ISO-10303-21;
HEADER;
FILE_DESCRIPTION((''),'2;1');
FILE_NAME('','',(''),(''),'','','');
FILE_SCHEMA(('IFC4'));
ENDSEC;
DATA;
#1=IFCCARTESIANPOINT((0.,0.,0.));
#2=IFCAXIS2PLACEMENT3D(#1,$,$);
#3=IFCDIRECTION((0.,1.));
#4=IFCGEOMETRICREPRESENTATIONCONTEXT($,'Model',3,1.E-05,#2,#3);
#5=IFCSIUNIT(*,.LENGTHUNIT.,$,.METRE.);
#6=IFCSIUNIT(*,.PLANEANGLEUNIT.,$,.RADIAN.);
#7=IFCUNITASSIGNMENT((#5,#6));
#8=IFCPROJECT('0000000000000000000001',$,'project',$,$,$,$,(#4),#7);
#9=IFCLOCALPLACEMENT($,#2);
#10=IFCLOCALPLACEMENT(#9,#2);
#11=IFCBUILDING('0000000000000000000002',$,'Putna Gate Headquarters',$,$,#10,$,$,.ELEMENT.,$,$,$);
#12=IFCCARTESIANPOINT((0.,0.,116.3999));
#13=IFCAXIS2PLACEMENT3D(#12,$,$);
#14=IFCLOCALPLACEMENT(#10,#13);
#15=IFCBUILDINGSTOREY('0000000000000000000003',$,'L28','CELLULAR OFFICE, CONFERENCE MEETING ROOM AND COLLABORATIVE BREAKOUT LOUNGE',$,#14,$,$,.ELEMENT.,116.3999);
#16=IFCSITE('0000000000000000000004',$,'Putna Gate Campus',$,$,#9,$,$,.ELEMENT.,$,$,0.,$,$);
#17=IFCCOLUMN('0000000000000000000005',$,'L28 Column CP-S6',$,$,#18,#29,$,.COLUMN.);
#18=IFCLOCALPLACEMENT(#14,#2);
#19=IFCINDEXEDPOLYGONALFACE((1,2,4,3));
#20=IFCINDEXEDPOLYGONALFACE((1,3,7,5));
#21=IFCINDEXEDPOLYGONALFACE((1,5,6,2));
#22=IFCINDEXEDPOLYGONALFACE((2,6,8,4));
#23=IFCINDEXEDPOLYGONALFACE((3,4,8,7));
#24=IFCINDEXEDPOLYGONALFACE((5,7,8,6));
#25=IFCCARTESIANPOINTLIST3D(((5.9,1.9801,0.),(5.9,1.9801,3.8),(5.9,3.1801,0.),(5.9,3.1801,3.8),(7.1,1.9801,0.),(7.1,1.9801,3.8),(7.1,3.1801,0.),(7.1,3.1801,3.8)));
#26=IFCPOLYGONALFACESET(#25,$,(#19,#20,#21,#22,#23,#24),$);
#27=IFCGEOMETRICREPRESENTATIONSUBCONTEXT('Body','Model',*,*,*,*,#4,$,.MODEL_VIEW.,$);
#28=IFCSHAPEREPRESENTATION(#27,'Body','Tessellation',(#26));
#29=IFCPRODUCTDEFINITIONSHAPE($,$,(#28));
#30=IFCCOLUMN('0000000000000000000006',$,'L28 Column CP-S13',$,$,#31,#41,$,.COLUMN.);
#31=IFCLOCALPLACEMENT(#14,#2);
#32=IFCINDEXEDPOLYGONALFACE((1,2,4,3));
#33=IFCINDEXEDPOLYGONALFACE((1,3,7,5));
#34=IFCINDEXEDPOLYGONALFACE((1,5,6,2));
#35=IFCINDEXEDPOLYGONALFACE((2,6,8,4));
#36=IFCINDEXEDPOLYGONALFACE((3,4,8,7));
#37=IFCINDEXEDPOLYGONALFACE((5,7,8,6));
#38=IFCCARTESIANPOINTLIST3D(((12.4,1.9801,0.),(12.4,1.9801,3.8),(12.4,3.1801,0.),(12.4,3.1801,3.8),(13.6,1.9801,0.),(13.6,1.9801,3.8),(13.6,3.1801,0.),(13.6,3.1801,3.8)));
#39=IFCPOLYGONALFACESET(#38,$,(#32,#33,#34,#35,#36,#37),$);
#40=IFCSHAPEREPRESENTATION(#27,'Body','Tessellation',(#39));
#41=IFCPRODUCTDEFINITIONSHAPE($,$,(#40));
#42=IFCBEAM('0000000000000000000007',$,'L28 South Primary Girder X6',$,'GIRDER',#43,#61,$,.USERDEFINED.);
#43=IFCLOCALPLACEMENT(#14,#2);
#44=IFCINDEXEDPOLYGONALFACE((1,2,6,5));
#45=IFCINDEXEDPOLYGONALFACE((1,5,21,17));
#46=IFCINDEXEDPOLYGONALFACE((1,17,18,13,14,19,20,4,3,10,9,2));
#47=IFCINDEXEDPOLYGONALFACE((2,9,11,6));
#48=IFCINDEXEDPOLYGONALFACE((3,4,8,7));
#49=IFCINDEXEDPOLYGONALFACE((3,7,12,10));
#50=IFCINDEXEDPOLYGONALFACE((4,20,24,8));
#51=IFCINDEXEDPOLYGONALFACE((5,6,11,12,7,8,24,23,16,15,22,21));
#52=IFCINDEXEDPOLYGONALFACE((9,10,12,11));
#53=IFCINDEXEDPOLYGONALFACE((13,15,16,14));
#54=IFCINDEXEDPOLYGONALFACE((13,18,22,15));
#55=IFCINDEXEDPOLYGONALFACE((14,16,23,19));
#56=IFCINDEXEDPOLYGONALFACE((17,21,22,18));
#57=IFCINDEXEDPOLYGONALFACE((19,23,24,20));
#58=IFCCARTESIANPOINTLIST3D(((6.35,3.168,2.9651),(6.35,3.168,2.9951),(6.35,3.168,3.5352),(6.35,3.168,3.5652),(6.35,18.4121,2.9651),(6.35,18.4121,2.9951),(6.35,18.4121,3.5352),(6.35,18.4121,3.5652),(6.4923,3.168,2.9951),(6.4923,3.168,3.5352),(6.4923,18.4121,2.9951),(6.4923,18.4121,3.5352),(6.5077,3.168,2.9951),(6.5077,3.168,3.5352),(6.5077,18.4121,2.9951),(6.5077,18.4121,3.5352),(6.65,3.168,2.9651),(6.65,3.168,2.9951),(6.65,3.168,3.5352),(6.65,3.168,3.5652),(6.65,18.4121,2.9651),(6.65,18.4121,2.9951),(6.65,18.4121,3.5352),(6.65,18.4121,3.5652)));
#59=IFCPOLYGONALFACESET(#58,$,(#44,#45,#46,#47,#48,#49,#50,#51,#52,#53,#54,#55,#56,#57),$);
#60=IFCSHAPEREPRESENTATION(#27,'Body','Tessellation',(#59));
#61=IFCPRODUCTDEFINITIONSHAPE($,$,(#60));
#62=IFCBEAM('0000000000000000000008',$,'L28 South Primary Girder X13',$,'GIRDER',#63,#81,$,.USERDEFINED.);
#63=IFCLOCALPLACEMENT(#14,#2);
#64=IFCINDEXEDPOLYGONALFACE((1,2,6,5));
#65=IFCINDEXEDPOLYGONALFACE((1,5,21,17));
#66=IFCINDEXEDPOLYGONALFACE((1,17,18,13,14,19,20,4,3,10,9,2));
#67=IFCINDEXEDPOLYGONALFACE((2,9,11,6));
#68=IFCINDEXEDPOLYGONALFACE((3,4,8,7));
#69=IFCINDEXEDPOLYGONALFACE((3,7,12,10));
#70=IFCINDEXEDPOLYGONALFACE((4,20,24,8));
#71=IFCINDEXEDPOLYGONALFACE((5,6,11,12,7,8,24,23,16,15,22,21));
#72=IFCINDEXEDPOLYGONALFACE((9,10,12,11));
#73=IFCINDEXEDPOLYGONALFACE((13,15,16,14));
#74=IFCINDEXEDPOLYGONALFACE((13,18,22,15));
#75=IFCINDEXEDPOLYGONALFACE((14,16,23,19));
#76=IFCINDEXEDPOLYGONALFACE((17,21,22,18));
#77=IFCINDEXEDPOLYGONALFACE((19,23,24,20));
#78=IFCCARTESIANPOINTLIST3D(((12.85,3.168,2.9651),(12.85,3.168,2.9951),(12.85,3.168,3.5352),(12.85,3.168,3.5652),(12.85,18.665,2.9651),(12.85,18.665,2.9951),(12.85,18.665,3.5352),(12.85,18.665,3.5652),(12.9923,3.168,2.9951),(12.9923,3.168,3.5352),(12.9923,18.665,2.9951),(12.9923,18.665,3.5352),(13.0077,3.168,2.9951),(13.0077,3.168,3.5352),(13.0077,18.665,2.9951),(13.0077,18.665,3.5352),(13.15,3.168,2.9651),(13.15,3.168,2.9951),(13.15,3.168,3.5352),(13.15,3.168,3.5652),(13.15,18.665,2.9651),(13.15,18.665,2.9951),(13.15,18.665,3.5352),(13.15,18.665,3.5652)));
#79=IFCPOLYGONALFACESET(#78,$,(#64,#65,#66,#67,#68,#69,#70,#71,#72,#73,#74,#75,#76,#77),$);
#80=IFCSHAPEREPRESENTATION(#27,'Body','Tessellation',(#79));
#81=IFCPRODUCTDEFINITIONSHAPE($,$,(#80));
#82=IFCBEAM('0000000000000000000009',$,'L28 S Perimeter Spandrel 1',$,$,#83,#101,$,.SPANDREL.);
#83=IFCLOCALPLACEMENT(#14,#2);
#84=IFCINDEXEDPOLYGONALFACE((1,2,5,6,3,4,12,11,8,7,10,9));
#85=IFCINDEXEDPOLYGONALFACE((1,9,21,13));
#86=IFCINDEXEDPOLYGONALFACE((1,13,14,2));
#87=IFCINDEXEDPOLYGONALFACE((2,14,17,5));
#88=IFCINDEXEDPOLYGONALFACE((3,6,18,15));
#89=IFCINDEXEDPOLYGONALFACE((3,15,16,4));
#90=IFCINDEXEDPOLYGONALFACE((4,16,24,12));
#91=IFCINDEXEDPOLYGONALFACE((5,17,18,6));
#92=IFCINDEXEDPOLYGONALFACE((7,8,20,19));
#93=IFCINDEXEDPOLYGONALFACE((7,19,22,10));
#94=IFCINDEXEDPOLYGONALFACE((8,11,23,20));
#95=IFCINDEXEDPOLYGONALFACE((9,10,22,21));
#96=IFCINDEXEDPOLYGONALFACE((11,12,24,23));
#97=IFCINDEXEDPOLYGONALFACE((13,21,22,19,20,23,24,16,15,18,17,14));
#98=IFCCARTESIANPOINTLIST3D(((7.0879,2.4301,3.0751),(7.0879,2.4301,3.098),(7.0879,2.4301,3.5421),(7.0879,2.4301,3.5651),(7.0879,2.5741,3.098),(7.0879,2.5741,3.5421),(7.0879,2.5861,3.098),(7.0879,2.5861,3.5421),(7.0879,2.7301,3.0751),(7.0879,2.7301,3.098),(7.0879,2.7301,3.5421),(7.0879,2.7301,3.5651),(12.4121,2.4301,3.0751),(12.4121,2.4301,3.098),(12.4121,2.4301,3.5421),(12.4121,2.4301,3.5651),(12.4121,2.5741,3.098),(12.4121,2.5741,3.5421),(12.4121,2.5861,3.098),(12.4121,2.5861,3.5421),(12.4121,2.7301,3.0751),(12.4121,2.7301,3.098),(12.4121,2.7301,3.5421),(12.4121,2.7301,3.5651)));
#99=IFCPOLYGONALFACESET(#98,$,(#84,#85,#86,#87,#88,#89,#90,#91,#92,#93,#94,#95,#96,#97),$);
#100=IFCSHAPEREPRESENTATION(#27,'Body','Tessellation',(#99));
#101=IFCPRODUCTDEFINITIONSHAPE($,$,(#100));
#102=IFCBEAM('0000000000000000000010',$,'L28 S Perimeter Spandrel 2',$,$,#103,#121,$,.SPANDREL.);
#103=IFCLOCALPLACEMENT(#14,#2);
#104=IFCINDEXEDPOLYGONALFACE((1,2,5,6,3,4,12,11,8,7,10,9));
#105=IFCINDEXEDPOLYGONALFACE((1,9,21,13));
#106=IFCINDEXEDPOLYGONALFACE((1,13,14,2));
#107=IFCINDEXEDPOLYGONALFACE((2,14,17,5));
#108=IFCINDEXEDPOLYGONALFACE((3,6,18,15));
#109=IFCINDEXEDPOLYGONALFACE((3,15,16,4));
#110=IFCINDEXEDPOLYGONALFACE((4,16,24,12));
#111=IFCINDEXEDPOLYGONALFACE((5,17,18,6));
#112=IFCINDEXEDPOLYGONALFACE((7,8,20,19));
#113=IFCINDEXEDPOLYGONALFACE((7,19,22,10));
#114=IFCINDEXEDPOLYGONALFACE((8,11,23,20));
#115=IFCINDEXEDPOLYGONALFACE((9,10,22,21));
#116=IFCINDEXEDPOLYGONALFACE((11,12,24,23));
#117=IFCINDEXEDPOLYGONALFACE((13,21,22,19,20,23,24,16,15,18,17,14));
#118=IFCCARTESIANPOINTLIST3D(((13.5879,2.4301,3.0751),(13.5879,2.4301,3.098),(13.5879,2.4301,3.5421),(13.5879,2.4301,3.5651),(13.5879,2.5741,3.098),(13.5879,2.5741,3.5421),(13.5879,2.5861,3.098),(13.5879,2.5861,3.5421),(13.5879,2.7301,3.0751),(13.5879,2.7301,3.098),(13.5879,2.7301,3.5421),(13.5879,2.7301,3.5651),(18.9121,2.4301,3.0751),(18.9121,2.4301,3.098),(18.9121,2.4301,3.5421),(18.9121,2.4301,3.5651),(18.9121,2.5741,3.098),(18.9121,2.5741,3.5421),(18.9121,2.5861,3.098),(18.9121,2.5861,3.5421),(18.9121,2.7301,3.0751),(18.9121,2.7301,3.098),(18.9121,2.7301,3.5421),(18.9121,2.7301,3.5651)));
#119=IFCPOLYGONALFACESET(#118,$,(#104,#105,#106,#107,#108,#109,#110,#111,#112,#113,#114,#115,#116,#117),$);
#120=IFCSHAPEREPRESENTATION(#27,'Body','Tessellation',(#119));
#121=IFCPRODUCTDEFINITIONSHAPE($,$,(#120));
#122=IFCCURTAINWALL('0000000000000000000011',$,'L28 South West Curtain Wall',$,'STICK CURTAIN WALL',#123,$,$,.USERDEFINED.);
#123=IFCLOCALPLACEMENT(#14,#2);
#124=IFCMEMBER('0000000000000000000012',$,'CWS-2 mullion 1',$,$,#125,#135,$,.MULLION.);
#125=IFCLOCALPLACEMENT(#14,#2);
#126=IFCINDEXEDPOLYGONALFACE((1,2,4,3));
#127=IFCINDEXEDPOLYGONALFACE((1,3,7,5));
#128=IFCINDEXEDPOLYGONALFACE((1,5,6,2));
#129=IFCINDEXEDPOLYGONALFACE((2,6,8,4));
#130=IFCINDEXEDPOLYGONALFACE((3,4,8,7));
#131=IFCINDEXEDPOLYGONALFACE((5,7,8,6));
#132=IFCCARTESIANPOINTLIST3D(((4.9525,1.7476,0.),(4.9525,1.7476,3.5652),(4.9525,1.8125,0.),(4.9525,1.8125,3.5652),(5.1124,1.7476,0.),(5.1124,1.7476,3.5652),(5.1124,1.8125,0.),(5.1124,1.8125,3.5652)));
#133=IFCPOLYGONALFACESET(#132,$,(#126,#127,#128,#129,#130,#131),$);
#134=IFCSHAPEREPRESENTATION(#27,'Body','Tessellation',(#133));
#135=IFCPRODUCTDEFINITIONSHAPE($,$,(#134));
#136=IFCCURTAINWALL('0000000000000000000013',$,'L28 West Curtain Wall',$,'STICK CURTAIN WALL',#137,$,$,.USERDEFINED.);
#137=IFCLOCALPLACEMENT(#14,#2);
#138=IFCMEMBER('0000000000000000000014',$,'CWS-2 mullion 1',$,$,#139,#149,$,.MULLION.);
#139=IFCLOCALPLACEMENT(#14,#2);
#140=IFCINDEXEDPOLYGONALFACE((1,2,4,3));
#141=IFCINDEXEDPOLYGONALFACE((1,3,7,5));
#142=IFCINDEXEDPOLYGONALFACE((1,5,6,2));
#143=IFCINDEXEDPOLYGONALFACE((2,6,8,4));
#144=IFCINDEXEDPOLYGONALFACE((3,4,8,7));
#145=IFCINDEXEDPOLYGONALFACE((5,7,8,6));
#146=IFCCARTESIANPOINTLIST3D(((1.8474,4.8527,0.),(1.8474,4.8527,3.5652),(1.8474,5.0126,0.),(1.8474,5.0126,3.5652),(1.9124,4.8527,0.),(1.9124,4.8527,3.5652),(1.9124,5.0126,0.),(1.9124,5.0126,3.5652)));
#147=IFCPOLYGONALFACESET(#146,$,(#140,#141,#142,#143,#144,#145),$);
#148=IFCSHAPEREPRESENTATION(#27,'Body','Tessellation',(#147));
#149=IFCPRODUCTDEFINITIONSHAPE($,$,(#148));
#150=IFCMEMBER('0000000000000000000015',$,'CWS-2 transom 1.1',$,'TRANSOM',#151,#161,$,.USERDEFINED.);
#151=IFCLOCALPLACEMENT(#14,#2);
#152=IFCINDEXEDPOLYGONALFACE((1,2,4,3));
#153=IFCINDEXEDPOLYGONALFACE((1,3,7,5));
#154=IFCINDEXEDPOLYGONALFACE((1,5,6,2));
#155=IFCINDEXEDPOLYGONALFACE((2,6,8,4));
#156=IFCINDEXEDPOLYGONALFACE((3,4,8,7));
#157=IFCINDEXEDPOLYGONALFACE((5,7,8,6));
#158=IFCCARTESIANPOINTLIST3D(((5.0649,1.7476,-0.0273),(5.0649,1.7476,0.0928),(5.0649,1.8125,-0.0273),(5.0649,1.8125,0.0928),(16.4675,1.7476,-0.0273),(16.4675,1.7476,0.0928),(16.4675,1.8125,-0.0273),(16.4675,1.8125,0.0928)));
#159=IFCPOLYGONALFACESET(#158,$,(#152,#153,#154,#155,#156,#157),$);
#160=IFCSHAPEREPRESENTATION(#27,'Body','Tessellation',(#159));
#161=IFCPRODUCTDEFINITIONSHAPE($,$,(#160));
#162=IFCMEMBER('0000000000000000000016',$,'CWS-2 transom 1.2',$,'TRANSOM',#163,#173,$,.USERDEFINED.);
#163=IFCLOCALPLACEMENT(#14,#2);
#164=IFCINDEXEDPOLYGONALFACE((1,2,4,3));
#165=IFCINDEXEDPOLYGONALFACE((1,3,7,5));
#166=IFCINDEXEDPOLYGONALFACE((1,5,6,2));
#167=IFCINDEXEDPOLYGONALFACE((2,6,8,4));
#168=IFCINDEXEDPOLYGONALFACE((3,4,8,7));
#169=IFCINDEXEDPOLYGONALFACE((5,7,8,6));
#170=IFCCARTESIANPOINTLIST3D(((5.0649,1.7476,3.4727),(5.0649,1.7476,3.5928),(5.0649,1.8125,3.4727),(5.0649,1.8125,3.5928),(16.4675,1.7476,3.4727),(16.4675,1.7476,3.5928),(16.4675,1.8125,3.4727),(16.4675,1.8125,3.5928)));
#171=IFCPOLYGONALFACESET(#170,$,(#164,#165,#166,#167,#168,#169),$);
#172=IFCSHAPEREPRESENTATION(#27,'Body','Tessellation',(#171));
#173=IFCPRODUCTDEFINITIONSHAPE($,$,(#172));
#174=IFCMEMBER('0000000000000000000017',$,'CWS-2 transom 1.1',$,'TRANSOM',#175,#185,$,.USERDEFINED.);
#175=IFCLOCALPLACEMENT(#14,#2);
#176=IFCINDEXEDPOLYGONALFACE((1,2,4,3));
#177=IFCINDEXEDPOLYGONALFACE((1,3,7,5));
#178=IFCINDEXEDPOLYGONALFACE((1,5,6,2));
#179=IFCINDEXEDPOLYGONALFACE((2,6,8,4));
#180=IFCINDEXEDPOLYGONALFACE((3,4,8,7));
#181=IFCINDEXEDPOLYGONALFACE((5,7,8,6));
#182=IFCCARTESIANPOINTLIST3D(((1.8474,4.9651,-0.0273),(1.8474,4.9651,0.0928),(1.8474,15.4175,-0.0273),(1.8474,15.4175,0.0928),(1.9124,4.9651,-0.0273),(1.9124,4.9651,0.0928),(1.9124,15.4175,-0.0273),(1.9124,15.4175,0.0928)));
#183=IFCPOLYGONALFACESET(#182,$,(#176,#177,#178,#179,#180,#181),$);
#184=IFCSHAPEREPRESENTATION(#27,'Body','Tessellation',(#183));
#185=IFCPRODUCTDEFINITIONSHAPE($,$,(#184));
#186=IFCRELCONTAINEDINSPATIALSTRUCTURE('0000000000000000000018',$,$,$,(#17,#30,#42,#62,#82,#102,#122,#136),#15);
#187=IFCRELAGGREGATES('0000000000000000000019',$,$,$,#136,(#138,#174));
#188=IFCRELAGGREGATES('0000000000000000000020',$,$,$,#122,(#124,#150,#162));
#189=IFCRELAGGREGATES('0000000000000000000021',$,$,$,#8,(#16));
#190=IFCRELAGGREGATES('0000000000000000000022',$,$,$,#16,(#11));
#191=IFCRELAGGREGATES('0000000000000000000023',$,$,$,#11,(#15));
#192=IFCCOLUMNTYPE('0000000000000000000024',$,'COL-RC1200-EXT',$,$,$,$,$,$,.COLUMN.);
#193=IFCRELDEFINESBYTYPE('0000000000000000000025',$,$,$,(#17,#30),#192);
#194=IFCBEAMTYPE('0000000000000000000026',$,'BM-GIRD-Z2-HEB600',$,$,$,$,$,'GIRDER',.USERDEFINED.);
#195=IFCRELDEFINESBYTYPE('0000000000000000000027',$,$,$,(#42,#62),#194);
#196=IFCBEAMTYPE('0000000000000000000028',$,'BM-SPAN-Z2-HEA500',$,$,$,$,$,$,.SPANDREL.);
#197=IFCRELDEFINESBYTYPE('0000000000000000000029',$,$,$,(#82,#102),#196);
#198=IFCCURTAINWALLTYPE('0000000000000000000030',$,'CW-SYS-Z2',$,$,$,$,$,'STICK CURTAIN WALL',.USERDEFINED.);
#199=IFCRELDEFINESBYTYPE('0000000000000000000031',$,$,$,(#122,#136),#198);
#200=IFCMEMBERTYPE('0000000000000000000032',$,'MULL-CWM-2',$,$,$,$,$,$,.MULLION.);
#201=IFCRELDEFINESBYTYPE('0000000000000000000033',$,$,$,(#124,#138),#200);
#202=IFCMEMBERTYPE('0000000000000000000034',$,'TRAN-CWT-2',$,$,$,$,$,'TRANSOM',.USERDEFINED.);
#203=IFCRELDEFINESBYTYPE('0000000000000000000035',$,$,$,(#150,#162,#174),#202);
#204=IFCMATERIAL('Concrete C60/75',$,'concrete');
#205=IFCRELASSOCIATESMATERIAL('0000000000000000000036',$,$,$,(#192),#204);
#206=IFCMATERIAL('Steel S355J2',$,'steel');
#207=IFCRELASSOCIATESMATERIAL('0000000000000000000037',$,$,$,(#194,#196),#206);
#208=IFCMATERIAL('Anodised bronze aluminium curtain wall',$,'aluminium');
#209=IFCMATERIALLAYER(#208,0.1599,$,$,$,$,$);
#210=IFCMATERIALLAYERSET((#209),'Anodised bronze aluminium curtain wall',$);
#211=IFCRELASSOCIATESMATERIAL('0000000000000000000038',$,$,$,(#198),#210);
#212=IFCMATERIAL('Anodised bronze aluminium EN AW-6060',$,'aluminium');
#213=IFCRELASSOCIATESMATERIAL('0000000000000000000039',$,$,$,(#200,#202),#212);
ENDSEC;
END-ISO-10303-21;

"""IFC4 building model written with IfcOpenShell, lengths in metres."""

from ifc_helpers import new_model, si_unit, direction, frame, origin, origin_2d, place, context, subcontext, project, spatial, rectangle, i_section, extrude, material, layer, layer_set, material_profile, profile_set, type_object, element, aggregate, save


model = new_model("IFC4")

# Units and contexts
model_context = context("Model", 3, precision=1e-05, world=origin(), true_north=direction((0.0, 1.0)))
body_context = subcontext(model_context, "Body", "Model", "MODEL_VIEW")
ifc_project = project(units=[si_unit("LENGTHUNIT", "METRE"), si_unit("PLANEANGLEUNIT", "RADIAN")], contexts=[model_context])

# Site, building, storey
site_placement = place(None, origin())
site = spatial("IfcSite", under=ifc_project, at=site_placement, Name="Putna Gate Campus", CompositionType="ELEMENT", RefElevation=0.0)
building_placement = place(site_placement, origin())
building = spatial("IfcBuilding", under=site, at=building_placement, Name="Putna Gate Headquarters", CompositionType="ELEMENT")
storey_placement = place(building_placement, frame((0.0, 0.0, 116.3999)))
storey = spatial("IfcBuildingStorey", under=building, at=storey_placement, Name="L28", Description="CELLULAR OFFICE, CONFERENCE MEETING ROOM AND COLLABORATIVE BREAKOUT LOUNGE", CompositionType="ELEMENT", Elevation=116.3999)

# Columns
ifc_material_1 = material(Name="Concrete C60/75", Category="concrete")
ifc_material_profile_1 = material_profile(ifc_material_1, rectangle(XDim=1.2, YDim=1.2, at=origin_2d()), Name="Concrete C60/75")
ifc_profile_set_1 = profile_set([ifc_material_profile_1], Name="Concrete C60/75")
column_type = type_object("IfcColumnType", Name="COL-RC1200-EXT", PredefinedType="COLUMN", material=ifc_profile_set_1)
for number, where, z_axis, x_axis, name in (
    (1, (6.5, 2.5801, 0.0), (0.0, 0.0, 1.0), (1.0, 0.0, 0.0), "L28 Column CP-S6"),
    (2, (13.0, 2.5801, 0.0), (0.0, 0.0, 1.0), (1.0, 0.0, 0.0), "L28 Column CP-S13"),
):
    element("IfcColumn", number, at=place(storey_placement, frame(where, z_axis=z_axis, x_axis=x_axis)), inside=storey, type_object=column_type, Name=name, PredefinedType="COLUMN", context=body_context, shape_type="SweptSolid", body=[
        extrude(rectangle(XDim=1.2, YDim=1.2, at=origin_2d()), origin(), (0.0, 0.0, 1.0), 3.8),
    ])

# Beams
ifc_material_2 = material(Name="Steel S355J2", Category="steel")
ifc_material_profile_2 = material_profile(ifc_material_2, i_section(OverallWidth=0.3, OverallDepth=0.6001, WebThickness=0.0154, FlangeThickness=0.03, at=origin_2d()), Name="Steel S355J2")
ifc_profile_set_2 = profile_set([ifc_material_profile_2], Name="Steel S355J2")
beam_type_1 = type_object("IfcBeamType", Name="BM-GIRD-Z2-HEB600", ElementType="GIRDER", PredefinedType="USERDEFINED", material=ifc_profile_set_2)
beam_1_placement = place(storey_placement, frame((6.5, 3.168, 3.2651), z_axis=(0.0, 1.0, 0.0), x_axis=(-1.0, 0.0, 0.0)))
element("IfcBeam", 3, at=beam_1_placement, inside=storey, type_object=beam_type_1, Name="L28 South Primary Girder X6", ObjectType="GIRDER", PredefinedType="USERDEFINED", context=body_context, shape_type="SweptSolid", body=[
    extrude(i_section(OverallWidth=0.3, OverallDepth=0.6001, WebThickness=0.0154, FlangeThickness=0.03, at=origin_2d()), origin(), (0.0, 0.0, 1.0), 15.2441),
])
beam_2_placement = place(storey_placement, frame((13.0, 3.168, 3.2651), z_axis=(0.0, 1.0, 0.0), x_axis=(-1.0, 0.0, 0.0)))
element("IfcBeam", 4, at=beam_2_placement, inside=storey, type_object=beam_type_1, Name="L28 South Primary Girder X13", ObjectType="GIRDER", PredefinedType="USERDEFINED", context=body_context, shape_type="SweptSolid", body=[
    extrude(i_section(OverallWidth=0.3, OverallDepth=0.6001, WebThickness=0.0154, FlangeThickness=0.03, at=origin_2d()), origin(), (0.0, 0.0, 1.0), 15.4971),
])
ifc_material_profile_3 = material_profile(ifc_material_2, i_section(OverallWidth=0.3, OverallDepth=0.49, WebThickness=0.012, FlangeThickness=0.0229, at=origin_2d()), Name="Steel S355J2")
ifc_profile_set_3 = profile_set([ifc_material_profile_3], Name="Steel S355J2")
beam_type_2 = type_object("IfcBeamType", Name="BM-SPAN-Z2-HEA500", PredefinedType="SPANDREL", material=ifc_profile_set_3)
for number, where, z_axis, x_axis, name in (
    (5, (7.0879, 2.5801, 3.3201), (1.0, 0.0, 0.0), (0.0, 1.0, 0.0), "L28 S Perimeter Spandrel 1"),
    (6, (13.5879, 2.5801, 3.3201), (1.0, 0.0, 0.0), (0.0, 1.0, 0.0), "L28 S Perimeter Spandrel 2"),
):
    element("IfcBeam", number, at=place(storey_placement, frame(where, z_axis=z_axis, x_axis=x_axis)), inside=storey, type_object=beam_type_2, Name=name, PredefinedType="SPANDREL", context=body_context, shape_type="SweptSolid", body=[
        extrude(i_section(OverallWidth=0.3, OverallDepth=0.49, WebThickness=0.012, FlangeThickness=0.0229, at=origin_2d()), origin(), (0.0, 0.0, 1.0), 5.3242),
    ])

# Curtain walls, members
ifc_material_3 = material(Name="Anodised bronze aluminium curtain wall", Category="aluminium")
ifc_layer_1 = layer(ifc_material_3, 0.1599)
ifc_layer_set_1 = layer_set([ifc_layer_1], Name="Anodised bronze aluminium curtain wall")
curtain_wall_type = type_object("IfcCurtainWallType", Name="CW-SYS-Z2", ElementType="STICK CURTAIN WALL", PredefinedType="USERDEFINED", material=ifc_layer_set_1)
curtain_wall_1_placement = place(storey_placement, origin())
curtain_wall_1 = element("IfcCurtainWall", 7, at=curtain_wall_1_placement, inside=storey, type_object=curtain_wall_type, Name="L28 South West Curtain Wall", ObjectType="STICK CURTAIN WALL", PredefinedType="USERDEFINED")
ifc_material_4 = material(Name="Anodised bronze aluminium EN AW-6060", Category="aluminium")
ifc_material_profile_4 = material_profile(ifc_material_4, rectangle(XDim=0.0649, YDim=0.1599, at=origin_2d()), Name="Anodised bronze aluminium EN AW-6060")
ifc_profile_set_4 = profile_set([ifc_material_profile_4], Name="Anodised bronze aluminium EN AW-6060")
member_type_1 = type_object("IfcMemberType", Name="MULL-CWM-2", PredefinedType="MULLION", material=ifc_profile_set_4)
member_1_placement = place(storey_placement, frame((5.0325, 1.78, 0.0), z_axis=(0.0, 0.0, 1.0), x_axis=(0.0, 1.0, 0.0)))
member_1 = element("IfcMember", 8, at=member_1_placement, type_object=member_type_1, Name="CWS-2 mullion 1", PredefinedType="MULLION", context=body_context, shape_type="SweptSolid", body=[
    extrude(rectangle(XDim=0.0649, YDim=0.1599, at=origin_2d()), origin(), (0.0, 0.0, 1.0), 3.5652),
])
curtain_wall_2_placement = place(storey_placement, origin())
curtain_wall_2 = element("IfcCurtainWall", 9, at=curtain_wall_2_placement, inside=storey, type_object=curtain_wall_type, Name="L28 West Curtain Wall", ObjectType="STICK CURTAIN WALL", PredefinedType="USERDEFINED")
member_2_placement = place(storey_placement, frame((1.8799, 4.9326, 0.0), z_axis=(0.0, 0.0, 1.0), x_axis=(-1.0, 0.0, 0.0)))
member_2 = element("IfcMember", 10, at=member_2_placement, type_object=member_type_1, Name="CWS-2 mullion 1", PredefinedType="MULLION", context=body_context, shape_type="SweptSolid", body=[
    extrude(rectangle(XDim=0.0649, YDim=0.1599, at=origin_2d()), origin(), (0.0, 0.0, 1.0), 3.5652),
])

# Members
ifc_material_profile_5 = material_profile(ifc_material_4, rectangle(XDim=0.0649, YDim=0.1201, at=origin_2d()), Name="Anodised bronze aluminium EN AW-6060")
ifc_profile_set_5 = profile_set([ifc_material_profile_5], Name="Anodised bronze aluminium EN AW-6060")
member_type_2 = type_object("IfcMemberType", Name="TRAN-CWT-2", ElementType="TRANSOM", PredefinedType="USERDEFINED", material=ifc_profile_set_5)
member_3_placement = place(storey_placement, frame((5.0649, 1.78, 0.0327), z_axis=(1.0, 0.0, 0.0), x_axis=(0.0, 1.0, 0.0)))
member_3 = element("IfcMember", 11, at=member_3_placement, type_object=member_type_2, Name="CWS-2 transom 1.1", ObjectType="TRANSOM", PredefinedType="USERDEFINED", context=body_context, shape_type="SweptSolid", body=[
    extrude(rectangle(XDim=0.0649, YDim=0.1201, at=origin_2d()), origin(), (0.0, 0.0, 1.0), 11.4026),
])
member_4_placement = place(storey_placement, frame((5.0649, 1.78, 3.5327), z_axis=(1.0, 0.0, 0.0), x_axis=(0.0, 1.0, 0.0)))
member_4 = element("IfcMember", 12, at=member_4_placement, type_object=member_type_2, Name="CWS-2 transom 1.2", ObjectType="TRANSOM", PredefinedType="USERDEFINED", context=body_context, shape_type="SweptSolid", body=[
    extrude(rectangle(XDim=0.0649, YDim=0.1201, at=origin_2d()), origin(), (0.0, 0.0, 1.0), 11.4026),
])
member_5_placement = place(storey_placement, frame((1.8799, 4.9651, 0.0327), z_axis=(0.0, 1.0, 0.0), x_axis=(-1.0, 0.0, 0.0)))
member_5 = element("IfcMember", 13, at=member_5_placement, type_object=member_type_2, Name="CWS-2 transom 1.1", ObjectType="TRANSOM", PredefinedType="USERDEFINED", context=body_context, shape_type="SweptSolid", body=[
    extrude(rectangle(XDim=0.0649, YDim=0.1201, at=origin_2d()), origin(), (0.0, 0.0, 1.0), 10.4524),
])
aggregate(curtain_wall_2, [member_2, member_5])

aggregate(curtain_wall_1, [member_1, member_3, member_4])

save(model, "model.ifc")
